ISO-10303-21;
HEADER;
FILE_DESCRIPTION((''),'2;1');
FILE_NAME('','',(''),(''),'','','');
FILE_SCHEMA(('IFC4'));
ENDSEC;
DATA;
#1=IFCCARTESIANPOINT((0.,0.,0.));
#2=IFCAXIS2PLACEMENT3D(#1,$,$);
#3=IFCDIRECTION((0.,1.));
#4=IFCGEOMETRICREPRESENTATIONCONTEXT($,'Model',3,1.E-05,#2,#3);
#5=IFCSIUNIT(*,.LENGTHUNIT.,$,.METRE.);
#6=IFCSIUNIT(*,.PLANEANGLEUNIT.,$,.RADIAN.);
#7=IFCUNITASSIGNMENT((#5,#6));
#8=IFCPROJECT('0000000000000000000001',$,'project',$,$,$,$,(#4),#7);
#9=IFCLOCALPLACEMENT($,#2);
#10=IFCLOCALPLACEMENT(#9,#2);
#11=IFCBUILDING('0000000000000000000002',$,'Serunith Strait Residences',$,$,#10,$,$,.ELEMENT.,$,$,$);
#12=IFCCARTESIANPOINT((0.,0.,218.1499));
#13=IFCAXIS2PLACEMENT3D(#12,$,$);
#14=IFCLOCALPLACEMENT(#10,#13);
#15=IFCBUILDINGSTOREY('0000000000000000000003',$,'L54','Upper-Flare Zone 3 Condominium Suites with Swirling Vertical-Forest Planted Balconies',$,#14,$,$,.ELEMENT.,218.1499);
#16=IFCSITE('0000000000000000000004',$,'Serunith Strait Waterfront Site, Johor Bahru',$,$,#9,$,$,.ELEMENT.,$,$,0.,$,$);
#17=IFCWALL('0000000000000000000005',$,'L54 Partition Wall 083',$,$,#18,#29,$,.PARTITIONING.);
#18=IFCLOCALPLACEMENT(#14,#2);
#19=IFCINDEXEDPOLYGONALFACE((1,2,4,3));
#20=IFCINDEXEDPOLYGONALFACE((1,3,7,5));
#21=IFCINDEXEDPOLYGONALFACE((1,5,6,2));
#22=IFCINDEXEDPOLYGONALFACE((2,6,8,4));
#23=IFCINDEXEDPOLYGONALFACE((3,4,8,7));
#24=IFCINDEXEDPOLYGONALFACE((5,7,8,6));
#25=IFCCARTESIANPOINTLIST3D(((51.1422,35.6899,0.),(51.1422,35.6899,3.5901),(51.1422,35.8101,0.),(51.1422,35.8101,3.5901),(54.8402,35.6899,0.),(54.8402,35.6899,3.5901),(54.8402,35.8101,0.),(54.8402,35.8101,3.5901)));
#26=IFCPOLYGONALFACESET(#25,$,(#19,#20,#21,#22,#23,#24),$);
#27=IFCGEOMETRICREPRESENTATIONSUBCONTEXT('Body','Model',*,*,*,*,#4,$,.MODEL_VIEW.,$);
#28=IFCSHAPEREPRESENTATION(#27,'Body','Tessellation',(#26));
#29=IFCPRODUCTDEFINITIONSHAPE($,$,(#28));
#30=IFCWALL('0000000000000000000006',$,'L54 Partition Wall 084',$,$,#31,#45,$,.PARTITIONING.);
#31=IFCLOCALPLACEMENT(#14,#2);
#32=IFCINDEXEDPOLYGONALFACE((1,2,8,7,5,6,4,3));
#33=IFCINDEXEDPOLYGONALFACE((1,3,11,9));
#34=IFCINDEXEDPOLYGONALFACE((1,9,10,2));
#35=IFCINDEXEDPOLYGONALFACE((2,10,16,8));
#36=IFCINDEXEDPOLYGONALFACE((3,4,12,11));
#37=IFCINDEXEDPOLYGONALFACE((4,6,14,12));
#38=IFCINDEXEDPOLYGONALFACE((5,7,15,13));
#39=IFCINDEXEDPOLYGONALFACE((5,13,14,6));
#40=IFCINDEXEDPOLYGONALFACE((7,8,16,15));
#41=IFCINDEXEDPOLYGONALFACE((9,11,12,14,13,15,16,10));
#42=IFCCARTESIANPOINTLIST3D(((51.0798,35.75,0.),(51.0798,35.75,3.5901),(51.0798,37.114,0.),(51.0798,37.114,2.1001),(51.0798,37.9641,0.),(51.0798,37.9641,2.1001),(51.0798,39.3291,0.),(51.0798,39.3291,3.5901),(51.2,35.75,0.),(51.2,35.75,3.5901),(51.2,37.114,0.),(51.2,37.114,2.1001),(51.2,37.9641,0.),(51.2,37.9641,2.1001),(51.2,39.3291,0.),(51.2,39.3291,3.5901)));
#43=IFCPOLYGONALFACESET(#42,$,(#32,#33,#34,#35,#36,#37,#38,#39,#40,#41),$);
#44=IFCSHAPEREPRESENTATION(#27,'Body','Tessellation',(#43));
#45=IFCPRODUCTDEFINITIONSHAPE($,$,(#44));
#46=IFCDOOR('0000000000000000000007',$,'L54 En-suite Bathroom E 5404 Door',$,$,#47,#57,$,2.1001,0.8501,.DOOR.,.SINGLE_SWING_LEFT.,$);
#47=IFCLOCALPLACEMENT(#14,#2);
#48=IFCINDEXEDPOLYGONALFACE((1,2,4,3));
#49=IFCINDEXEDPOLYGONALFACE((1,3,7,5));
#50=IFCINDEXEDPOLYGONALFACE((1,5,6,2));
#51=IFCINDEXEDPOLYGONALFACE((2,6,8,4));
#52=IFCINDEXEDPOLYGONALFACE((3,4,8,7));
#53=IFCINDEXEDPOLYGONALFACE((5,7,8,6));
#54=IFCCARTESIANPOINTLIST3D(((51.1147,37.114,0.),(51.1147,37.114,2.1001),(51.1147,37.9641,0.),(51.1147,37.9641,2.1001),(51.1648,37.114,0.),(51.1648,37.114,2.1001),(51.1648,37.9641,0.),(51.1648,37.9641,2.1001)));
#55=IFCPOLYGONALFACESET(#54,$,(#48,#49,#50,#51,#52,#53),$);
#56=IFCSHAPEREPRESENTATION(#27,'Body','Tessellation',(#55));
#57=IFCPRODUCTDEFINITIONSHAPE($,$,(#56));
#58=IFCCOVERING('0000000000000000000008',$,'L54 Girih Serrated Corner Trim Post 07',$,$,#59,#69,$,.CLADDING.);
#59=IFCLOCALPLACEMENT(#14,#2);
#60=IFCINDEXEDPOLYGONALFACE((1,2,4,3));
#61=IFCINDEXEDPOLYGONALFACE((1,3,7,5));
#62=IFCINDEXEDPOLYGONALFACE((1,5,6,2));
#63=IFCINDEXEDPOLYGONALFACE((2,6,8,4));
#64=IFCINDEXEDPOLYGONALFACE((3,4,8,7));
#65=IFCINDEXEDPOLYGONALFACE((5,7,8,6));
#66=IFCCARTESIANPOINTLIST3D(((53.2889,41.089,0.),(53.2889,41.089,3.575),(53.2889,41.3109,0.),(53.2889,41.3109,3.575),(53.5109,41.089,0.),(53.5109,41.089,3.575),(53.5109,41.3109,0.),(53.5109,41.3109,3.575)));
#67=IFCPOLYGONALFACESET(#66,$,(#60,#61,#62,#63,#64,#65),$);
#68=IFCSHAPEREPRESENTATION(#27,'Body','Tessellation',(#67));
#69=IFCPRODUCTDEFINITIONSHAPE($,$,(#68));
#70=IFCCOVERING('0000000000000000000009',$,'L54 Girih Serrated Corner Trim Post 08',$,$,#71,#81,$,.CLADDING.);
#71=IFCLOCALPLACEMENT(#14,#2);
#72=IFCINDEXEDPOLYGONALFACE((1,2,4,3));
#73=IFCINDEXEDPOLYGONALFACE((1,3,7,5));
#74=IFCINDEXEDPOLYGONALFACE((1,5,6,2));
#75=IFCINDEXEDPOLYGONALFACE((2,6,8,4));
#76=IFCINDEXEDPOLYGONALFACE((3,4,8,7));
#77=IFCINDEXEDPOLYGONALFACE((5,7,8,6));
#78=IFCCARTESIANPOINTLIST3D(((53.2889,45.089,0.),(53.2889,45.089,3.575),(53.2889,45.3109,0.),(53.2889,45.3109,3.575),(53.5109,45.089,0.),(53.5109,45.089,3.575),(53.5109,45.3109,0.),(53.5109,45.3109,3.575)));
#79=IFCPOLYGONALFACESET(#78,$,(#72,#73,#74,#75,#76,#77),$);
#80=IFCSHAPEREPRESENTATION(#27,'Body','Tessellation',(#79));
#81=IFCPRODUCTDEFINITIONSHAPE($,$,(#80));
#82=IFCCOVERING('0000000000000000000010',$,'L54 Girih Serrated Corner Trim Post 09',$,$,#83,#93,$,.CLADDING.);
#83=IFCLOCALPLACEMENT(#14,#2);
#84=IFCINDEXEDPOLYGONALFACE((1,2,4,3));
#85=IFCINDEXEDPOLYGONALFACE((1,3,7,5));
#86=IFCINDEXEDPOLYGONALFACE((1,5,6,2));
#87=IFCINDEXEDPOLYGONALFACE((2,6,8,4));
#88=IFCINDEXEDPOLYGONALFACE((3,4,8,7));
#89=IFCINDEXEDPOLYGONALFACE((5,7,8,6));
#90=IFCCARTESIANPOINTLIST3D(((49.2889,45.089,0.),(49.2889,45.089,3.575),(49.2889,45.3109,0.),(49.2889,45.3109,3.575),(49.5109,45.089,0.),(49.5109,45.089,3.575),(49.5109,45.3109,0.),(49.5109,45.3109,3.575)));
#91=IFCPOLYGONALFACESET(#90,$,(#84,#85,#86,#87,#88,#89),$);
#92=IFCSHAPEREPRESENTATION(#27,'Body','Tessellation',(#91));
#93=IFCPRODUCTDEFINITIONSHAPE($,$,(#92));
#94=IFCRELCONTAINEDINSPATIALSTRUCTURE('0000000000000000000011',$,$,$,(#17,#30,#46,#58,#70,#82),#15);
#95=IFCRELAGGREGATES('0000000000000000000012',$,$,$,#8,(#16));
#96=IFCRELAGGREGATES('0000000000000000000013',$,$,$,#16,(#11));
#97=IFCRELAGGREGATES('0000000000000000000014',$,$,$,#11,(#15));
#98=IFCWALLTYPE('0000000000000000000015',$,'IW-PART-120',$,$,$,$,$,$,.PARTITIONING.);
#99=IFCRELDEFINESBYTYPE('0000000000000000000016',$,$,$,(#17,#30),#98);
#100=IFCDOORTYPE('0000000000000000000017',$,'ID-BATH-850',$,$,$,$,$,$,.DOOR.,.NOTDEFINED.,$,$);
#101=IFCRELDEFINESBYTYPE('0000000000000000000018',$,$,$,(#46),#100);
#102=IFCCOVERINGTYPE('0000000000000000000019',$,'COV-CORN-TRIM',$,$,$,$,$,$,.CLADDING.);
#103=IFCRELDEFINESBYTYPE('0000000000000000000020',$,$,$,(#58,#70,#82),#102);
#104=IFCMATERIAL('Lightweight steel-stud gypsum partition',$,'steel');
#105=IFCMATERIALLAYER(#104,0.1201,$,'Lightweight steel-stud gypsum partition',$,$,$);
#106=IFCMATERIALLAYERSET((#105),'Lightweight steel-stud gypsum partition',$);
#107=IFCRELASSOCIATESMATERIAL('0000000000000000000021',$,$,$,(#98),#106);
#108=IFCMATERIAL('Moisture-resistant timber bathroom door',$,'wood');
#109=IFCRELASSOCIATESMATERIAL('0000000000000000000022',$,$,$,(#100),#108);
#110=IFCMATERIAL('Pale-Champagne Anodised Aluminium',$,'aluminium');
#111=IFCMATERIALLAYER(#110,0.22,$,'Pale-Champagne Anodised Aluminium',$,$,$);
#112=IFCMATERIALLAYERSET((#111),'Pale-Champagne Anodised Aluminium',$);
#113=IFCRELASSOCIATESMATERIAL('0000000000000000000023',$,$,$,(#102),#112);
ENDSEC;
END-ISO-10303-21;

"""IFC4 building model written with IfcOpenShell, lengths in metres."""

from ifc_helpers import new_model, si_unit, direction, frame, frame_2d, origin, origin_2d, place, context, subcontext, project, spatial, rectangle, extrude, source, transform, mapped, material, layer, layer_set, type_object, element, fill, save


model = new_model("IFC4")

# Units and contexts
model_context = context("Model", 3, precision=1e-05, world=origin(), true_north=direction((0.0, 1.0)))
body_context = subcontext(model_context, "Body", "Model", "MODEL_VIEW")
ifc_project = project(units=[si_unit("LENGTHUNIT", "METRE"), si_unit("PLANEANGLEUNIT", "RADIAN")], contexts=[model_context])

# Site, building, storey
site_placement = place(None, origin())
site = spatial("IfcSite", under=ifc_project, at=site_placement, Name="Serunith Strait Waterfront Site, Johor Bahru", CompositionType="ELEMENT", RefElevation=0.0)
building_placement = place(site_placement, origin())
building = spatial("IfcBuilding", under=site, at=building_placement, Name="Serunith Strait Residences", CompositionType="ELEMENT")
storey_placement = place(building_placement, frame((0.0, 0.0, 218.1499)))
storey = spatial("IfcBuildingStorey", under=building, at=storey_placement, Name="L54", Description="Upper-Flare Zone 3 Condominium Suites with Swirling Vertical-Forest Planted Balconies", CompositionType="ELEMENT", Elevation=218.1499)

# Shared definitions
ifc_material_1 = material(Name="Pale-Champagne Anodised Aluminium", Category="aluminium")

# Shared definitions
ifc_material_2 = material(Name="Lightweight steel-stud gypsum partition", Category="steel")
ifc_layer_1 = layer(ifc_material_2, 0.1201, Name="Lightweight steel-stud gypsum partition")
ifc_layer_set_1 = layer_set([ifc_layer_1], Name="Lightweight steel-stud gypsum partition")
wall_type_1 = type_object("IfcWallType", Name="IW-PART-120", PredefinedType="PARTITIONING", material=ifc_layer_set_1)

# Wall
wall_1_placement = place(storey_placement, frame((51.1421, 35.75, 0.0), z_axis=(0.0, 0.0, 1.0), x_axis=(1.0, 0.0, 0.0)))
element("IfcWall", 1, at=wall_1_placement, inside=storey, type_object=wall_type_1, Name="L54 Partition Wall 083", PredefinedType="PARTITIONING", context=body_context, shape_type="SweptSolid", body=[
    extrude(rectangle(XDim=3.698, YDim=0.1201, at=frame_2d((1.8491, 0.0))), origin(), (0.0, 0.0, 1.0), 3.5901),
])

# Wall, opening, door
wall_2_placement = place(storey_placement, frame((51.1399, 39.3291, 0.0), z_axis=(0.0, 0.0, 1.0), x_axis=(0.0, -1.0, 0.0)))
wall_2 = element("IfcWall", 2, at=wall_2_placement, inside=storey, type_object=wall_type_1, Name="L54 Partition Wall 084", PredefinedType="PARTITIONING", context=body_context, shape_type="SweptSolid", body=[
    extrude(rectangle(XDim=3.5791, YDim=0.1201, at=frame_2d((1.7896, 0.0))), origin(), (0.0, 0.0, 1.0), 3.5901),
])
opening_1_placement = place(wall_2_placement, frame((1.365, 0.0, 0.0)))
opening_1 = element("IfcOpeningElement", 3, at=opening_1_placement, cuts=wall_2, PredefinedType="OPENING", context=body_context, shape_type="SweptSolid", body=[
    extrude(rectangle(XDim=0.8501, YDim=2.1001, at=frame_2d((0.425, 1.05))), frame((0.0, 0.0701, 0.0), z_axis=(0.0, -1.0, 0.0), x_axis=(1.0, 0.0, 0.0)), (0.0, 0.0, 1.0), 0.1401),
])
ifc_material_3 = material(Name="Moisture-resistant timber bathroom door", Category="wood")
door_type_1 = type_object("IfcDoorType", Name="ID-BATH-850", OperationType="NOTDEFINED", PredefinedType="DOOR", material=ifc_material_3)
shared_shape_1 = source(origin(), body_context, "Body", "SweptSolid", [
    extrude(rectangle(XDim=0.8501, YDim=2.1001, at=frame_2d((0.425, 1.05))), frame((0.0, 0.0249, 0.0), z_axis=(0.0, -1.0, 0.0), x_axis=(1.0, 0.0, 0.0)), (0.0, 0.0, 1.0), 0.05),
])
door_1_placement = place(opening_1_placement, origin())
door_1 = element("IfcDoor", 4, at=door_1_placement, inside=storey, type_object=door_type_1, Name="L54 En-suite Bathroom E 5404 Door", OperationType="SINGLE_SWING_LEFT", OverallHeight=2.1001, OverallWidth=0.8501, PredefinedType="DOOR", context=body_context, shape_type="MappedRepresentation", body=[
    mapped(shared_shape_1, transform((0.0, 0.0, 0.0), scale=1.0)),
])
fill(opening_1, door_1)

# Coverings
ifc_layer_2 = layer(ifc_material_1, 0.22, Name="Pale-Champagne Anodised Aluminium")
ifc_layer_set_2 = layer_set([ifc_layer_2], Name="Pale-Champagne Anodised Aluminium")
covering_type = type_object("IfcCoveringType", Name="COV-CORN-TRIM", PredefinedType="CLADDING", material=ifc_layer_set_2)
shared_shape_2 = source(origin(), body_context, "Body", "SweptSolid", [
    extrude(rectangle(XDim=0.2219, YDim=0.2219, at=origin_2d()), origin(), (0.0, 0.0, 1.0), 3.575),
])
for number, where, z_axis, x_axis, name in (
    (5, (53.3999, 41.2, 0.0), (0.0, 0.0, 1.0), (1.0, 0.0, 0.0), "L54 Girih Serrated Corner Trim Post 07"),
    (6, (53.3999, 45.2, 0.0), (0.0, 0.0, 1.0), (1.0, 0.0, 0.0), "L54 Girih Serrated Corner Trim Post 08"),
    (7, (49.3999, 45.2, 0.0), (0.0, 0.0, 1.0), (1.0, 0.0, 0.0), "L54 Girih Serrated Corner Trim Post 09"),
):
    element("IfcCovering", number, at=place(storey_placement, frame(where, z_axis=z_axis, x_axis=x_axis)), inside=storey, type_object=covering_type, Name=name, PredefinedType="CLADDING", context=body_context, shape_type="MappedRepresentation", body=[
        mapped(shared_shape_2, transform((0.0, 0.0, 0.0), scale=1.0)),
    ])

save(model, "model.ifc")
